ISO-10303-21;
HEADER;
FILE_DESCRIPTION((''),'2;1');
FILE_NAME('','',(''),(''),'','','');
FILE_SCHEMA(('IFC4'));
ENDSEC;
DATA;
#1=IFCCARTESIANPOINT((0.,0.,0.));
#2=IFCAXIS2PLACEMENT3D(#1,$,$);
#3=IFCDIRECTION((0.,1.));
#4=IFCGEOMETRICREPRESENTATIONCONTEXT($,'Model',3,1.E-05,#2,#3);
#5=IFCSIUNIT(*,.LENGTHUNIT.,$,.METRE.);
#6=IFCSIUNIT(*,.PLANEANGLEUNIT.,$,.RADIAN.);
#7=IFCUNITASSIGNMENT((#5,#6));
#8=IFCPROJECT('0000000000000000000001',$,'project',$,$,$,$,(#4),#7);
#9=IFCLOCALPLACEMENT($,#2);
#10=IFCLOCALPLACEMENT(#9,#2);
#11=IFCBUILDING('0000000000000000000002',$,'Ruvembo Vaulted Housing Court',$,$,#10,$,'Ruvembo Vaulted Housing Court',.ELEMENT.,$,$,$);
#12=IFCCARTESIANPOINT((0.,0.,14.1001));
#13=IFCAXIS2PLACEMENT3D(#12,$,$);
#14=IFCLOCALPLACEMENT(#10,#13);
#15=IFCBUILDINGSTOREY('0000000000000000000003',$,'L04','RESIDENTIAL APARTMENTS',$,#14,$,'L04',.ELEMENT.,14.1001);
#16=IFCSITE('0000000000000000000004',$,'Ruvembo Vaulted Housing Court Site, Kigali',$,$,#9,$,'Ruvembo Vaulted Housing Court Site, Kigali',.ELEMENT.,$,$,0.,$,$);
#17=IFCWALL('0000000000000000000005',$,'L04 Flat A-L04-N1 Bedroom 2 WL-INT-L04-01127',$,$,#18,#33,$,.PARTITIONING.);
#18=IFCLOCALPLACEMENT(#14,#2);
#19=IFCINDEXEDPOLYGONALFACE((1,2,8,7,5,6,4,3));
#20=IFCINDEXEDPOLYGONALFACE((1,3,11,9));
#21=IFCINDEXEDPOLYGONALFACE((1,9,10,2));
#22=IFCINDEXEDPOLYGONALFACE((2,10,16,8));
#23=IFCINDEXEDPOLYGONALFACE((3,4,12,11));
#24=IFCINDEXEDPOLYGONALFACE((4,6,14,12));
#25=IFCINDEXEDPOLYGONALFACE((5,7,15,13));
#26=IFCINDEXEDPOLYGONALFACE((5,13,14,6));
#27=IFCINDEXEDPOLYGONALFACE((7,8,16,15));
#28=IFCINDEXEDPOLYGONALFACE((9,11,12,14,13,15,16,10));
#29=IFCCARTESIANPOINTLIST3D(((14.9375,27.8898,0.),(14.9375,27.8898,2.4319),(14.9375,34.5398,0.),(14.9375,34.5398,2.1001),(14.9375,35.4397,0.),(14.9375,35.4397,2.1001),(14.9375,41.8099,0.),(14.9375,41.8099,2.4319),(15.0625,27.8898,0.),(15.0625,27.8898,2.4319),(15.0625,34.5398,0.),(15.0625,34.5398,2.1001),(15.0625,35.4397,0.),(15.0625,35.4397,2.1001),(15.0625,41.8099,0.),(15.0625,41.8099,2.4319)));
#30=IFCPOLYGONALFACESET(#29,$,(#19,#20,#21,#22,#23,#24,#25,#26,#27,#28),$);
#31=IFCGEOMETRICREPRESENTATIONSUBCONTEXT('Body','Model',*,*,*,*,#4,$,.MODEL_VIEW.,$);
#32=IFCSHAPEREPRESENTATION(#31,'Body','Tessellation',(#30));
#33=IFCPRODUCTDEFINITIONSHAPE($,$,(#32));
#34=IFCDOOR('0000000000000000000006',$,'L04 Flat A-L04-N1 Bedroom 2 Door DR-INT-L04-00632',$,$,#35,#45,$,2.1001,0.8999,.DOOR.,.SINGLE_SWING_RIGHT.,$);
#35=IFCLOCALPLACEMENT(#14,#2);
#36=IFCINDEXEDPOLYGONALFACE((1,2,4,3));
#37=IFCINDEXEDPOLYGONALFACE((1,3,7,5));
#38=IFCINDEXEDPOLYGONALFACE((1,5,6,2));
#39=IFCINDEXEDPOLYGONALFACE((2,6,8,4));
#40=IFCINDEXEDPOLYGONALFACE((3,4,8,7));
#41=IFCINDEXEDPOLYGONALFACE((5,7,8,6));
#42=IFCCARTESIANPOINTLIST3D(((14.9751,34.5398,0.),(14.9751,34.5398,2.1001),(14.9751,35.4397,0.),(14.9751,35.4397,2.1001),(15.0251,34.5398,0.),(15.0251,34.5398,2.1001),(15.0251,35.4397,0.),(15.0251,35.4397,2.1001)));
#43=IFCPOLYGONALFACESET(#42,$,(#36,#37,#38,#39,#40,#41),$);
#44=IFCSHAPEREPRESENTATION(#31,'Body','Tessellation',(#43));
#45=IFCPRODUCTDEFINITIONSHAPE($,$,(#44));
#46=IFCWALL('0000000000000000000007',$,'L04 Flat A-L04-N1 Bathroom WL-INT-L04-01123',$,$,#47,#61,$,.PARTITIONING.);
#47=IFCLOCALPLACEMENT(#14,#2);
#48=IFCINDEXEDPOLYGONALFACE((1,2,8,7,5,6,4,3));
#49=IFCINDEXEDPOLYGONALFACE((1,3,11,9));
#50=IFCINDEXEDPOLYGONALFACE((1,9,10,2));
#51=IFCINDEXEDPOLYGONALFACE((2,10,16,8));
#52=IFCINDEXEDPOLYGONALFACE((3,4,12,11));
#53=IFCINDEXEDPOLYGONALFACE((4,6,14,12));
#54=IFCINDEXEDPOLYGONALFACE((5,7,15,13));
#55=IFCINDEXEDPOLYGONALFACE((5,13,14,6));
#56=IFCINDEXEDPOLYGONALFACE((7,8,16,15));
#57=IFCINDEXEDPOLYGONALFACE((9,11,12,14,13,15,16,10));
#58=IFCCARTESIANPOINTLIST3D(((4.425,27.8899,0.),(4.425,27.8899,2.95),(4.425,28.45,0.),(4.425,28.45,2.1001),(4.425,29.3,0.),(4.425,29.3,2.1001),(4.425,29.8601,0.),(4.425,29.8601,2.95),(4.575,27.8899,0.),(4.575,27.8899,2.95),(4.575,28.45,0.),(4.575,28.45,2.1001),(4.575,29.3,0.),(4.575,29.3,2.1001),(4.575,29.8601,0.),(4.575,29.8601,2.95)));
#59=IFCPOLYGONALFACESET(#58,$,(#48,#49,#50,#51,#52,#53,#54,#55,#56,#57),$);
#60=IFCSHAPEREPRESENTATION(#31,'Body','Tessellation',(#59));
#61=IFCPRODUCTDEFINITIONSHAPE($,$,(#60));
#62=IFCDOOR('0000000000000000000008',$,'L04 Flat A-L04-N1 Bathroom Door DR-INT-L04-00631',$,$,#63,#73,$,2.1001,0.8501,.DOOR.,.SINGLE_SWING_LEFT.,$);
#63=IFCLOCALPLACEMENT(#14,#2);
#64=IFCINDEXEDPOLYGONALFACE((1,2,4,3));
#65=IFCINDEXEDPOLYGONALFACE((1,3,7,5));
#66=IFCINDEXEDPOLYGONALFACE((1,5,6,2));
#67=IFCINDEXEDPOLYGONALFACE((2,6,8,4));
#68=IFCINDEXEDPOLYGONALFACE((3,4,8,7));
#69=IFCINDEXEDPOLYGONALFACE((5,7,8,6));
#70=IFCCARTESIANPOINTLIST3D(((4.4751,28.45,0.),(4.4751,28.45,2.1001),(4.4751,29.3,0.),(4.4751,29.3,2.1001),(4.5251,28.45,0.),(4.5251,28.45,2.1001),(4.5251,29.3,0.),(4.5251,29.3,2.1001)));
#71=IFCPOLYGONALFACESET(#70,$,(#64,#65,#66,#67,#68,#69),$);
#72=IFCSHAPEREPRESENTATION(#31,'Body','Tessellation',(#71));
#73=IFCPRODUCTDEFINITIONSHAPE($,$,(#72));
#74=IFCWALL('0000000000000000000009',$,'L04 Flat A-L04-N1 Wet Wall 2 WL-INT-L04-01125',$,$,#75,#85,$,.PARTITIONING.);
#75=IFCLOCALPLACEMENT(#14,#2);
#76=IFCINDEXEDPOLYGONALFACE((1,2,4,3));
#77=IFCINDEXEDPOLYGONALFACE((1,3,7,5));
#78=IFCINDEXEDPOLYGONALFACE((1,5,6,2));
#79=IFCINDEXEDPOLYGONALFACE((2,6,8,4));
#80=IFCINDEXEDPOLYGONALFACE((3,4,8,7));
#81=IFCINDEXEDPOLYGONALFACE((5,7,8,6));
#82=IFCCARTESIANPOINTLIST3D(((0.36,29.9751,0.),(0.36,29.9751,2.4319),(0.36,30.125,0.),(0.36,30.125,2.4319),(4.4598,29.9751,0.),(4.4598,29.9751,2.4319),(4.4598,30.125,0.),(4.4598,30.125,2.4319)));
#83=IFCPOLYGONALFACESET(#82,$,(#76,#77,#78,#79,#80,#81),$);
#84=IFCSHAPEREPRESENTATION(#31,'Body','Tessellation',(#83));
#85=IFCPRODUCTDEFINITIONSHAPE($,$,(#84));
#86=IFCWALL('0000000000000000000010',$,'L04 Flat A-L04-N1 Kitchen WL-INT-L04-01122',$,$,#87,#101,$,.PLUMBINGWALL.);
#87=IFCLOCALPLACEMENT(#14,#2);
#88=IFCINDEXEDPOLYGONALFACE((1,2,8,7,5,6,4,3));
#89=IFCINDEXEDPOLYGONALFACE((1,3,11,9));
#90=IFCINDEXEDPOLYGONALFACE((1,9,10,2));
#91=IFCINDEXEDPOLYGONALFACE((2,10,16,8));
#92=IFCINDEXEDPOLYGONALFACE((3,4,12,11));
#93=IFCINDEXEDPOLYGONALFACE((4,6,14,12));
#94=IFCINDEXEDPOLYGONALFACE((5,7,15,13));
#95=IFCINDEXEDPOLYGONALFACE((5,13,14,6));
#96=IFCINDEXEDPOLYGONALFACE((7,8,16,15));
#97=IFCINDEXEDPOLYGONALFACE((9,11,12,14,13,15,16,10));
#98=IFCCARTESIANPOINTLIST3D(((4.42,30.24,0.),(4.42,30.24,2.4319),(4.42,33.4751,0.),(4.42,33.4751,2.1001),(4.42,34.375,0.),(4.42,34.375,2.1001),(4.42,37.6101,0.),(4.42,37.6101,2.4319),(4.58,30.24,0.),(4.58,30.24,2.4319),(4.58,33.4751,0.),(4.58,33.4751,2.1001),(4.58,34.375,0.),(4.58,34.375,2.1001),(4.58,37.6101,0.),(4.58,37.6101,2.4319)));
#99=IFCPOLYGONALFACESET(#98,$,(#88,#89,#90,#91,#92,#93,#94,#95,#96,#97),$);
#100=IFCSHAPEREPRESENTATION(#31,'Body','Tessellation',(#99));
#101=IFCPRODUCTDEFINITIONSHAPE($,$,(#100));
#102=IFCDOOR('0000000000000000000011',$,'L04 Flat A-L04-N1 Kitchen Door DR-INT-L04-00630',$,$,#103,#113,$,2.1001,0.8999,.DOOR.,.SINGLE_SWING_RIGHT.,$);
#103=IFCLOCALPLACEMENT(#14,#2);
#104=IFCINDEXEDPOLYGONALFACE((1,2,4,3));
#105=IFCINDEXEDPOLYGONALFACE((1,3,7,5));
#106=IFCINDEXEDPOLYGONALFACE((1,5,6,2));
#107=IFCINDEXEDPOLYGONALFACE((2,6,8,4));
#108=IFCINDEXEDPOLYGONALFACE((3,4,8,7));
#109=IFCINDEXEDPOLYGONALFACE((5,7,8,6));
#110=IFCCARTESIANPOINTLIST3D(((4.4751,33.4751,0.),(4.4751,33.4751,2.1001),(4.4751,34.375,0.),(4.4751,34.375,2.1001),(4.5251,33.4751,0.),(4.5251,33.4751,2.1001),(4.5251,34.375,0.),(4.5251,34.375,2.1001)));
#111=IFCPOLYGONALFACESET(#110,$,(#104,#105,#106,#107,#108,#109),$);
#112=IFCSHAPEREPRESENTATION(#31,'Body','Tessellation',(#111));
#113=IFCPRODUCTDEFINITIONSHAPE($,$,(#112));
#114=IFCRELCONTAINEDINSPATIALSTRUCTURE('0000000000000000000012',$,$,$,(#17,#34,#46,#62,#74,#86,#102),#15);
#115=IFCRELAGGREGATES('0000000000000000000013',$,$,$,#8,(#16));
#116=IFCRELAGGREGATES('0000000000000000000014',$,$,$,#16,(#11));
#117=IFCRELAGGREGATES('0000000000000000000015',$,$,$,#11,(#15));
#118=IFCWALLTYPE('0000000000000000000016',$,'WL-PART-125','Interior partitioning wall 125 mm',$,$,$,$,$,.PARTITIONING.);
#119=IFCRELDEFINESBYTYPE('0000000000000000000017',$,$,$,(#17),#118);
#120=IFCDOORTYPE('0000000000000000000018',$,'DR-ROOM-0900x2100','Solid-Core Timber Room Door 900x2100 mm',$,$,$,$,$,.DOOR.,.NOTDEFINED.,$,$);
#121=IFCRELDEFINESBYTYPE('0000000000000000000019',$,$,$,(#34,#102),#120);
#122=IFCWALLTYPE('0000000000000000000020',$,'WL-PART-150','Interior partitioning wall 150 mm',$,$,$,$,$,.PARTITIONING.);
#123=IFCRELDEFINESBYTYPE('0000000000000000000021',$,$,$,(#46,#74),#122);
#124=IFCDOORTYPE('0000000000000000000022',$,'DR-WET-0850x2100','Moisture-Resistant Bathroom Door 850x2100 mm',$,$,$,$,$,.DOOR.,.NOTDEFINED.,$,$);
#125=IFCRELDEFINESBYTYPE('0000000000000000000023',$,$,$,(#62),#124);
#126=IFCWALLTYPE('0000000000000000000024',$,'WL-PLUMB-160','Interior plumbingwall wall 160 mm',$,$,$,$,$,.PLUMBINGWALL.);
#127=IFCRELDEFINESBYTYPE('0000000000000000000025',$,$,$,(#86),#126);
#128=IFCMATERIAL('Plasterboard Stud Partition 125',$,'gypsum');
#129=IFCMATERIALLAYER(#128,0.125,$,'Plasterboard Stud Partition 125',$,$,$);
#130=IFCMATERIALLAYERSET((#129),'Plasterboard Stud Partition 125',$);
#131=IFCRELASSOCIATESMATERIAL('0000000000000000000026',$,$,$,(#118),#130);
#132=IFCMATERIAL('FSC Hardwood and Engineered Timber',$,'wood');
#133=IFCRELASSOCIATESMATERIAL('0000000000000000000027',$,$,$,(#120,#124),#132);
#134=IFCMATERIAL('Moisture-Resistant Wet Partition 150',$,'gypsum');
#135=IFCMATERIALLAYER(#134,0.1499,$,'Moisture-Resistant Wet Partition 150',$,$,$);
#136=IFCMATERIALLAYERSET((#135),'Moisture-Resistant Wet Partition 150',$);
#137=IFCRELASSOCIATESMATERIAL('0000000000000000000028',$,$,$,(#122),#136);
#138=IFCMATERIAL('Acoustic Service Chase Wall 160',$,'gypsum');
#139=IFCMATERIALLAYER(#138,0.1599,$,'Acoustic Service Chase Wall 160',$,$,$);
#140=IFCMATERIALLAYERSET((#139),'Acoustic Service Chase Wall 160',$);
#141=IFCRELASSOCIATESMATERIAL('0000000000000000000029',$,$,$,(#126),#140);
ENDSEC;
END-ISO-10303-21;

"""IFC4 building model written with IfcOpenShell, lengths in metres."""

from ifc_helpers import new_model, si_unit, direction, frame, frame_2d, origin, place, context, subcontext, project, spatial, rectangle, extrude, material, layer, layer_set, type_object, element, fill, save


model = new_model("IFC4")

# Units and contexts
model_context = context("Model", 3, precision=1e-05, world=origin(), true_north=direction((0.0, 1.0)))
body_context = subcontext(model_context, "Body", "Model", "MODEL_VIEW")
ifc_project = project(units=[si_unit("LENGTHUNIT", "METRE"), si_unit("PLANEANGLEUNIT", "RADIAN")], contexts=[model_context])

# Site, building, storey
site_placement = place(None, origin())
site = spatial("IfcSite", under=ifc_project, at=site_placement, Name="Ruvembo Vaulted Housing Court Site, Kigali", LongName="Ruvembo Vaulted Housing Court Site, Kigali", CompositionType="ELEMENT", RefElevation=0.0)
building_placement = place(site_placement, origin())
building = spatial("IfcBuilding", under=site, at=building_placement, Name="Ruvembo Vaulted Housing Court", LongName="Ruvembo Vaulted Housing Court", CompositionType="ELEMENT")
storey_placement = place(building_placement, frame((0.0, 0.0, 14.1001)))
storey = spatial("IfcBuildingStorey", under=building, at=storey_placement, Name="L04", Description="RESIDENTIAL APARTMENTS", LongName="L04", CompositionType="ELEMENT", Elevation=14.1001)

# Shared definitions
ifc_material_1 = material(Name="FSC Hardwood and Engineered Timber", Category="wood")

# Walls, openings, doors
ifc_material_2 = material(Name="Plasterboard Stud Partition 125", Category="gypsum")
ifc_layer_1 = layer(ifc_material_2, 0.125, Name="Plasterboard Stud Partition 125")
ifc_layer_set_1 = layer_set([ifc_layer_1], Name="Plasterboard Stud Partition 125")
wall_type_1 = type_object("IfcWallType", Name="WL-PART-125", Description="Interior partitioning wall 125 mm", PredefinedType="PARTITIONING", material=ifc_layer_set_1)
wall_1_placement = place(storey_placement, frame((15.0, 27.8899, 0.0), z_axis=(0.0, 0.0, 1.0), x_axis=(0.0, 1.0, 0.0)))
wall_1 = element("IfcWall", 1, at=wall_1_placement, inside=storey, type_object=wall_type_1, Name="L04 Flat A-L04-N1 Bedroom 2 WL-INT-L04-01127", PredefinedType="PARTITIONING", context=body_context, shape_type="SweptSolid", body=[
    extrude(rectangle(XDim=13.9202, YDim=0.125, at=frame_2d((6.96, 0.0))), origin(), (0.0, 0.0, 1.0), 2.4319),
])
opening_1_placement = place(wall_1_placement, frame((6.6499, 0.0, 0.0)))
opening_1 = element("IfcOpeningElement", 2, at=opening_1_placement, cuts=wall_1, PredefinedType="OPENING", context=body_context, shape_type="SweptSolid", body=[
    extrude(rectangle(XDim=0.8999, YDim=2.1001, at=frame_2d((0.45, 1.05))), frame((0.0, 0.0725, 0.0), z_axis=(0.0, -1.0, 0.0), x_axis=(1.0, 0.0, 0.0)), (0.0, 0.0, 1.0), 0.145),
])
door_type_1 = type_object("IfcDoorType", Name="DR-ROOM-0900x2100", Description="Solid-Core Timber Room Door 900x2100 mm", OperationType="NOTDEFINED", PredefinedType="DOOR", material=ifc_material_1)
door_1_placement = place(opening_1_placement, origin())
door_1 = element("IfcDoor", 3, at=door_1_placement, inside=storey, type_object=door_type_1, Name="L04 Flat A-L04-N1 Bedroom 2 Door DR-INT-L04-00632", OperationType="SINGLE_SWING_RIGHT", OverallHeight=2.1001, OverallWidth=0.8999, PredefinedType="DOOR", context=body_context, shape_type="SweptSolid", body=[
    extrude(rectangle(XDim=0.8999, YDim=2.1001, at=frame_2d((0.45, 1.05))), frame((0.0, 0.0249, 0.0), z_axis=(0.0, -1.0, 0.0), x_axis=(1.0, 0.0, 0.0)), (0.0, 0.0, 1.0), 0.05),
])
fill(opening_1, door_1)
ifc_material_3 = material(Name="Moisture-Resistant Wet Partition 150", Category="gypsum")
ifc_layer_2 = layer(ifc_material_3, 0.1499, Name="Moisture-Resistant Wet Partition 150")
ifc_layer_set_2 = layer_set([ifc_layer_2], Name="Moisture-Resistant Wet Partition 150")
wall_type_2 = type_object("IfcWallType", Name="WL-PART-150", Description="Interior partitioning wall 150 mm", PredefinedType="PARTITIONING", material=ifc_layer_set_2)
wall_2_placement = place(storey_placement, frame((4.5, 27.8899, 0.0), z_axis=(0.0, 0.0, 1.0), x_axis=(0.0, 1.0, 0.0)))
wall_2 = element("IfcWall", 4, at=wall_2_placement, inside=storey, type_object=wall_type_2, Name="L04 Flat A-L04-N1 Bathroom WL-INT-L04-01123", PredefinedType="PARTITIONING", context=body_context, shape_type="SweptSolid", body=[
    extrude(rectangle(XDim=1.9702, YDim=0.1499, at=frame_2d((0.9851, 0.0))), origin(), (0.0, 0.0, 1.0), 2.95),
])
opening_2_placement = place(wall_2_placement, frame((0.5601, 0.0, 0.0)))
opening_2 = element("IfcOpeningElement", 5, at=opening_2_placement, cuts=wall_2, PredefinedType="OPENING", context=body_context, shape_type="SweptSolid", body=[
    extrude(rectangle(XDim=0.8501, YDim=2.1001, at=frame_2d((0.425, 1.05))), frame((0.0, 0.085, 0.0), z_axis=(0.0, -1.0, 0.0), x_axis=(1.0, 0.0, 0.0)), (0.0, 0.0, 1.0), 0.1699),
])
door_type_2 = type_object("IfcDoorType", Name="DR-WET-0850x2100", Description="Moisture-Resistant Bathroom Door 850x2100 mm", OperationType="NOTDEFINED", PredefinedType="DOOR", material=ifc_material_1)
door_2_placement = place(opening_2_placement, origin())
door_2 = element("IfcDoor", 6, at=door_2_placement, inside=storey, type_object=door_type_2, Name="L04 Flat A-L04-N1 Bathroom Door DR-INT-L04-00631", OperationType="SINGLE_SWING_LEFT", OverallHeight=2.1001, OverallWidth=0.8501, PredefinedType="DOOR", context=body_context, shape_type="SweptSolid", body=[
    extrude(rectangle(XDim=0.8501, YDim=2.1001, at=frame_2d((0.425, 1.05))), frame((0.0, 0.0249, 0.0), z_axis=(0.0, -1.0, 0.0), x_axis=(1.0, 0.0, 0.0)), (0.0, 0.0, 1.0), 0.05),
])
fill(opening_2, door_2)

# Wall
wall_3_placement = place(storey_placement, frame((0.3601, 30.05, 0.0), z_axis=(0.0, 0.0, 1.0), x_axis=(1.0, 0.0, 0.0)))
element("IfcWall", 7, at=wall_3_placement, inside=storey, type_object=wall_type_2, Name="L04 Flat A-L04-N1 Wet Wall 2 WL-INT-L04-01125", PredefinedType="PARTITIONING", context=body_context, shape_type="SweptSolid", body=[
    extrude(rectangle(XDim=4.0999, YDim=0.1499, at=frame_2d((2.0498, 0.0))), origin(), (0.0, 0.0, 1.0), 2.4319),
])

# Wall, opening, door
ifc_material_4 = material(Name="Acoustic Service Chase Wall 160", Category="gypsum")
ifc_layer_3 = layer(ifc_material_4, 0.1599, Name="Acoustic Service Chase Wall 160")
ifc_layer_set_3 = layer_set([ifc_layer_3], Name="Acoustic Service Chase Wall 160")
wall_type_3 = type_object("IfcWallType", Name="WL-PLUMB-160", Description="Interior plumbingwall wall 160 mm", PredefinedType="PLUMBINGWALL", material=ifc_layer_set_3)
wall_4_placement = place(storey_placement, frame((4.5, 30.24, 0.0), z_axis=(0.0, 0.0, 1.0), x_axis=(0.0, 1.0, 0.0)))
wall_4 = element("IfcWall", 8, at=wall_4_placement, inside=storey, type_object=wall_type_3, Name="L04 Flat A-L04-N1 Kitchen WL-INT-L04-01122", PredefinedType="PLUMBINGWALL", context=body_context, shape_type="SweptSolid", body=[
    extrude(rectangle(XDim=7.3701, YDim=0.1599, at=frame_2d((3.6851, 0.0))), origin(), (0.0, 0.0, 1.0), 2.4319),
])
opening_3_placement = place(wall_4_placement, frame((3.2351, 0.0, 0.0)))
opening_3 = element("IfcOpeningElement", 9, at=opening_3_placement, cuts=wall_4, PredefinedType="OPENING", context=body_context, shape_type="SweptSolid", body=[
    extrude(rectangle(XDim=0.8999, YDim=2.1001, at=frame_2d((0.45, 1.05))), frame((0.0, 0.0898, 0.0), z_axis=(0.0, -1.0, 0.0), x_axis=(1.0, 0.0, 0.0)), (0.0, 0.0, 1.0), 0.1799),
])
door_3_placement = place(opening_3_placement, origin())
door_3 = element("IfcDoor", 10, at=door_3_placement, inside=storey, type_object=door_type_1, Name="L04 Flat A-L04-N1 Kitchen Door DR-INT-L04-00630", OperationType="SINGLE_SWING_RIGHT", OverallHeight=2.1001, OverallWidth=0.8999, PredefinedType="DOOR", context=body_context, shape_type="SweptSolid", body=[
    extrude(rectangle(XDim=0.8999, YDim=2.1001, at=frame_2d((0.45, 1.05))), frame((0.0, 0.0249, 0.0), z_axis=(0.0, -1.0, 0.0), x_axis=(1.0, 0.0, 0.0)), (0.0, 0.0, 1.0), 0.05),
])
fill(opening_3, door_3)

save(model, "model.ifc")
